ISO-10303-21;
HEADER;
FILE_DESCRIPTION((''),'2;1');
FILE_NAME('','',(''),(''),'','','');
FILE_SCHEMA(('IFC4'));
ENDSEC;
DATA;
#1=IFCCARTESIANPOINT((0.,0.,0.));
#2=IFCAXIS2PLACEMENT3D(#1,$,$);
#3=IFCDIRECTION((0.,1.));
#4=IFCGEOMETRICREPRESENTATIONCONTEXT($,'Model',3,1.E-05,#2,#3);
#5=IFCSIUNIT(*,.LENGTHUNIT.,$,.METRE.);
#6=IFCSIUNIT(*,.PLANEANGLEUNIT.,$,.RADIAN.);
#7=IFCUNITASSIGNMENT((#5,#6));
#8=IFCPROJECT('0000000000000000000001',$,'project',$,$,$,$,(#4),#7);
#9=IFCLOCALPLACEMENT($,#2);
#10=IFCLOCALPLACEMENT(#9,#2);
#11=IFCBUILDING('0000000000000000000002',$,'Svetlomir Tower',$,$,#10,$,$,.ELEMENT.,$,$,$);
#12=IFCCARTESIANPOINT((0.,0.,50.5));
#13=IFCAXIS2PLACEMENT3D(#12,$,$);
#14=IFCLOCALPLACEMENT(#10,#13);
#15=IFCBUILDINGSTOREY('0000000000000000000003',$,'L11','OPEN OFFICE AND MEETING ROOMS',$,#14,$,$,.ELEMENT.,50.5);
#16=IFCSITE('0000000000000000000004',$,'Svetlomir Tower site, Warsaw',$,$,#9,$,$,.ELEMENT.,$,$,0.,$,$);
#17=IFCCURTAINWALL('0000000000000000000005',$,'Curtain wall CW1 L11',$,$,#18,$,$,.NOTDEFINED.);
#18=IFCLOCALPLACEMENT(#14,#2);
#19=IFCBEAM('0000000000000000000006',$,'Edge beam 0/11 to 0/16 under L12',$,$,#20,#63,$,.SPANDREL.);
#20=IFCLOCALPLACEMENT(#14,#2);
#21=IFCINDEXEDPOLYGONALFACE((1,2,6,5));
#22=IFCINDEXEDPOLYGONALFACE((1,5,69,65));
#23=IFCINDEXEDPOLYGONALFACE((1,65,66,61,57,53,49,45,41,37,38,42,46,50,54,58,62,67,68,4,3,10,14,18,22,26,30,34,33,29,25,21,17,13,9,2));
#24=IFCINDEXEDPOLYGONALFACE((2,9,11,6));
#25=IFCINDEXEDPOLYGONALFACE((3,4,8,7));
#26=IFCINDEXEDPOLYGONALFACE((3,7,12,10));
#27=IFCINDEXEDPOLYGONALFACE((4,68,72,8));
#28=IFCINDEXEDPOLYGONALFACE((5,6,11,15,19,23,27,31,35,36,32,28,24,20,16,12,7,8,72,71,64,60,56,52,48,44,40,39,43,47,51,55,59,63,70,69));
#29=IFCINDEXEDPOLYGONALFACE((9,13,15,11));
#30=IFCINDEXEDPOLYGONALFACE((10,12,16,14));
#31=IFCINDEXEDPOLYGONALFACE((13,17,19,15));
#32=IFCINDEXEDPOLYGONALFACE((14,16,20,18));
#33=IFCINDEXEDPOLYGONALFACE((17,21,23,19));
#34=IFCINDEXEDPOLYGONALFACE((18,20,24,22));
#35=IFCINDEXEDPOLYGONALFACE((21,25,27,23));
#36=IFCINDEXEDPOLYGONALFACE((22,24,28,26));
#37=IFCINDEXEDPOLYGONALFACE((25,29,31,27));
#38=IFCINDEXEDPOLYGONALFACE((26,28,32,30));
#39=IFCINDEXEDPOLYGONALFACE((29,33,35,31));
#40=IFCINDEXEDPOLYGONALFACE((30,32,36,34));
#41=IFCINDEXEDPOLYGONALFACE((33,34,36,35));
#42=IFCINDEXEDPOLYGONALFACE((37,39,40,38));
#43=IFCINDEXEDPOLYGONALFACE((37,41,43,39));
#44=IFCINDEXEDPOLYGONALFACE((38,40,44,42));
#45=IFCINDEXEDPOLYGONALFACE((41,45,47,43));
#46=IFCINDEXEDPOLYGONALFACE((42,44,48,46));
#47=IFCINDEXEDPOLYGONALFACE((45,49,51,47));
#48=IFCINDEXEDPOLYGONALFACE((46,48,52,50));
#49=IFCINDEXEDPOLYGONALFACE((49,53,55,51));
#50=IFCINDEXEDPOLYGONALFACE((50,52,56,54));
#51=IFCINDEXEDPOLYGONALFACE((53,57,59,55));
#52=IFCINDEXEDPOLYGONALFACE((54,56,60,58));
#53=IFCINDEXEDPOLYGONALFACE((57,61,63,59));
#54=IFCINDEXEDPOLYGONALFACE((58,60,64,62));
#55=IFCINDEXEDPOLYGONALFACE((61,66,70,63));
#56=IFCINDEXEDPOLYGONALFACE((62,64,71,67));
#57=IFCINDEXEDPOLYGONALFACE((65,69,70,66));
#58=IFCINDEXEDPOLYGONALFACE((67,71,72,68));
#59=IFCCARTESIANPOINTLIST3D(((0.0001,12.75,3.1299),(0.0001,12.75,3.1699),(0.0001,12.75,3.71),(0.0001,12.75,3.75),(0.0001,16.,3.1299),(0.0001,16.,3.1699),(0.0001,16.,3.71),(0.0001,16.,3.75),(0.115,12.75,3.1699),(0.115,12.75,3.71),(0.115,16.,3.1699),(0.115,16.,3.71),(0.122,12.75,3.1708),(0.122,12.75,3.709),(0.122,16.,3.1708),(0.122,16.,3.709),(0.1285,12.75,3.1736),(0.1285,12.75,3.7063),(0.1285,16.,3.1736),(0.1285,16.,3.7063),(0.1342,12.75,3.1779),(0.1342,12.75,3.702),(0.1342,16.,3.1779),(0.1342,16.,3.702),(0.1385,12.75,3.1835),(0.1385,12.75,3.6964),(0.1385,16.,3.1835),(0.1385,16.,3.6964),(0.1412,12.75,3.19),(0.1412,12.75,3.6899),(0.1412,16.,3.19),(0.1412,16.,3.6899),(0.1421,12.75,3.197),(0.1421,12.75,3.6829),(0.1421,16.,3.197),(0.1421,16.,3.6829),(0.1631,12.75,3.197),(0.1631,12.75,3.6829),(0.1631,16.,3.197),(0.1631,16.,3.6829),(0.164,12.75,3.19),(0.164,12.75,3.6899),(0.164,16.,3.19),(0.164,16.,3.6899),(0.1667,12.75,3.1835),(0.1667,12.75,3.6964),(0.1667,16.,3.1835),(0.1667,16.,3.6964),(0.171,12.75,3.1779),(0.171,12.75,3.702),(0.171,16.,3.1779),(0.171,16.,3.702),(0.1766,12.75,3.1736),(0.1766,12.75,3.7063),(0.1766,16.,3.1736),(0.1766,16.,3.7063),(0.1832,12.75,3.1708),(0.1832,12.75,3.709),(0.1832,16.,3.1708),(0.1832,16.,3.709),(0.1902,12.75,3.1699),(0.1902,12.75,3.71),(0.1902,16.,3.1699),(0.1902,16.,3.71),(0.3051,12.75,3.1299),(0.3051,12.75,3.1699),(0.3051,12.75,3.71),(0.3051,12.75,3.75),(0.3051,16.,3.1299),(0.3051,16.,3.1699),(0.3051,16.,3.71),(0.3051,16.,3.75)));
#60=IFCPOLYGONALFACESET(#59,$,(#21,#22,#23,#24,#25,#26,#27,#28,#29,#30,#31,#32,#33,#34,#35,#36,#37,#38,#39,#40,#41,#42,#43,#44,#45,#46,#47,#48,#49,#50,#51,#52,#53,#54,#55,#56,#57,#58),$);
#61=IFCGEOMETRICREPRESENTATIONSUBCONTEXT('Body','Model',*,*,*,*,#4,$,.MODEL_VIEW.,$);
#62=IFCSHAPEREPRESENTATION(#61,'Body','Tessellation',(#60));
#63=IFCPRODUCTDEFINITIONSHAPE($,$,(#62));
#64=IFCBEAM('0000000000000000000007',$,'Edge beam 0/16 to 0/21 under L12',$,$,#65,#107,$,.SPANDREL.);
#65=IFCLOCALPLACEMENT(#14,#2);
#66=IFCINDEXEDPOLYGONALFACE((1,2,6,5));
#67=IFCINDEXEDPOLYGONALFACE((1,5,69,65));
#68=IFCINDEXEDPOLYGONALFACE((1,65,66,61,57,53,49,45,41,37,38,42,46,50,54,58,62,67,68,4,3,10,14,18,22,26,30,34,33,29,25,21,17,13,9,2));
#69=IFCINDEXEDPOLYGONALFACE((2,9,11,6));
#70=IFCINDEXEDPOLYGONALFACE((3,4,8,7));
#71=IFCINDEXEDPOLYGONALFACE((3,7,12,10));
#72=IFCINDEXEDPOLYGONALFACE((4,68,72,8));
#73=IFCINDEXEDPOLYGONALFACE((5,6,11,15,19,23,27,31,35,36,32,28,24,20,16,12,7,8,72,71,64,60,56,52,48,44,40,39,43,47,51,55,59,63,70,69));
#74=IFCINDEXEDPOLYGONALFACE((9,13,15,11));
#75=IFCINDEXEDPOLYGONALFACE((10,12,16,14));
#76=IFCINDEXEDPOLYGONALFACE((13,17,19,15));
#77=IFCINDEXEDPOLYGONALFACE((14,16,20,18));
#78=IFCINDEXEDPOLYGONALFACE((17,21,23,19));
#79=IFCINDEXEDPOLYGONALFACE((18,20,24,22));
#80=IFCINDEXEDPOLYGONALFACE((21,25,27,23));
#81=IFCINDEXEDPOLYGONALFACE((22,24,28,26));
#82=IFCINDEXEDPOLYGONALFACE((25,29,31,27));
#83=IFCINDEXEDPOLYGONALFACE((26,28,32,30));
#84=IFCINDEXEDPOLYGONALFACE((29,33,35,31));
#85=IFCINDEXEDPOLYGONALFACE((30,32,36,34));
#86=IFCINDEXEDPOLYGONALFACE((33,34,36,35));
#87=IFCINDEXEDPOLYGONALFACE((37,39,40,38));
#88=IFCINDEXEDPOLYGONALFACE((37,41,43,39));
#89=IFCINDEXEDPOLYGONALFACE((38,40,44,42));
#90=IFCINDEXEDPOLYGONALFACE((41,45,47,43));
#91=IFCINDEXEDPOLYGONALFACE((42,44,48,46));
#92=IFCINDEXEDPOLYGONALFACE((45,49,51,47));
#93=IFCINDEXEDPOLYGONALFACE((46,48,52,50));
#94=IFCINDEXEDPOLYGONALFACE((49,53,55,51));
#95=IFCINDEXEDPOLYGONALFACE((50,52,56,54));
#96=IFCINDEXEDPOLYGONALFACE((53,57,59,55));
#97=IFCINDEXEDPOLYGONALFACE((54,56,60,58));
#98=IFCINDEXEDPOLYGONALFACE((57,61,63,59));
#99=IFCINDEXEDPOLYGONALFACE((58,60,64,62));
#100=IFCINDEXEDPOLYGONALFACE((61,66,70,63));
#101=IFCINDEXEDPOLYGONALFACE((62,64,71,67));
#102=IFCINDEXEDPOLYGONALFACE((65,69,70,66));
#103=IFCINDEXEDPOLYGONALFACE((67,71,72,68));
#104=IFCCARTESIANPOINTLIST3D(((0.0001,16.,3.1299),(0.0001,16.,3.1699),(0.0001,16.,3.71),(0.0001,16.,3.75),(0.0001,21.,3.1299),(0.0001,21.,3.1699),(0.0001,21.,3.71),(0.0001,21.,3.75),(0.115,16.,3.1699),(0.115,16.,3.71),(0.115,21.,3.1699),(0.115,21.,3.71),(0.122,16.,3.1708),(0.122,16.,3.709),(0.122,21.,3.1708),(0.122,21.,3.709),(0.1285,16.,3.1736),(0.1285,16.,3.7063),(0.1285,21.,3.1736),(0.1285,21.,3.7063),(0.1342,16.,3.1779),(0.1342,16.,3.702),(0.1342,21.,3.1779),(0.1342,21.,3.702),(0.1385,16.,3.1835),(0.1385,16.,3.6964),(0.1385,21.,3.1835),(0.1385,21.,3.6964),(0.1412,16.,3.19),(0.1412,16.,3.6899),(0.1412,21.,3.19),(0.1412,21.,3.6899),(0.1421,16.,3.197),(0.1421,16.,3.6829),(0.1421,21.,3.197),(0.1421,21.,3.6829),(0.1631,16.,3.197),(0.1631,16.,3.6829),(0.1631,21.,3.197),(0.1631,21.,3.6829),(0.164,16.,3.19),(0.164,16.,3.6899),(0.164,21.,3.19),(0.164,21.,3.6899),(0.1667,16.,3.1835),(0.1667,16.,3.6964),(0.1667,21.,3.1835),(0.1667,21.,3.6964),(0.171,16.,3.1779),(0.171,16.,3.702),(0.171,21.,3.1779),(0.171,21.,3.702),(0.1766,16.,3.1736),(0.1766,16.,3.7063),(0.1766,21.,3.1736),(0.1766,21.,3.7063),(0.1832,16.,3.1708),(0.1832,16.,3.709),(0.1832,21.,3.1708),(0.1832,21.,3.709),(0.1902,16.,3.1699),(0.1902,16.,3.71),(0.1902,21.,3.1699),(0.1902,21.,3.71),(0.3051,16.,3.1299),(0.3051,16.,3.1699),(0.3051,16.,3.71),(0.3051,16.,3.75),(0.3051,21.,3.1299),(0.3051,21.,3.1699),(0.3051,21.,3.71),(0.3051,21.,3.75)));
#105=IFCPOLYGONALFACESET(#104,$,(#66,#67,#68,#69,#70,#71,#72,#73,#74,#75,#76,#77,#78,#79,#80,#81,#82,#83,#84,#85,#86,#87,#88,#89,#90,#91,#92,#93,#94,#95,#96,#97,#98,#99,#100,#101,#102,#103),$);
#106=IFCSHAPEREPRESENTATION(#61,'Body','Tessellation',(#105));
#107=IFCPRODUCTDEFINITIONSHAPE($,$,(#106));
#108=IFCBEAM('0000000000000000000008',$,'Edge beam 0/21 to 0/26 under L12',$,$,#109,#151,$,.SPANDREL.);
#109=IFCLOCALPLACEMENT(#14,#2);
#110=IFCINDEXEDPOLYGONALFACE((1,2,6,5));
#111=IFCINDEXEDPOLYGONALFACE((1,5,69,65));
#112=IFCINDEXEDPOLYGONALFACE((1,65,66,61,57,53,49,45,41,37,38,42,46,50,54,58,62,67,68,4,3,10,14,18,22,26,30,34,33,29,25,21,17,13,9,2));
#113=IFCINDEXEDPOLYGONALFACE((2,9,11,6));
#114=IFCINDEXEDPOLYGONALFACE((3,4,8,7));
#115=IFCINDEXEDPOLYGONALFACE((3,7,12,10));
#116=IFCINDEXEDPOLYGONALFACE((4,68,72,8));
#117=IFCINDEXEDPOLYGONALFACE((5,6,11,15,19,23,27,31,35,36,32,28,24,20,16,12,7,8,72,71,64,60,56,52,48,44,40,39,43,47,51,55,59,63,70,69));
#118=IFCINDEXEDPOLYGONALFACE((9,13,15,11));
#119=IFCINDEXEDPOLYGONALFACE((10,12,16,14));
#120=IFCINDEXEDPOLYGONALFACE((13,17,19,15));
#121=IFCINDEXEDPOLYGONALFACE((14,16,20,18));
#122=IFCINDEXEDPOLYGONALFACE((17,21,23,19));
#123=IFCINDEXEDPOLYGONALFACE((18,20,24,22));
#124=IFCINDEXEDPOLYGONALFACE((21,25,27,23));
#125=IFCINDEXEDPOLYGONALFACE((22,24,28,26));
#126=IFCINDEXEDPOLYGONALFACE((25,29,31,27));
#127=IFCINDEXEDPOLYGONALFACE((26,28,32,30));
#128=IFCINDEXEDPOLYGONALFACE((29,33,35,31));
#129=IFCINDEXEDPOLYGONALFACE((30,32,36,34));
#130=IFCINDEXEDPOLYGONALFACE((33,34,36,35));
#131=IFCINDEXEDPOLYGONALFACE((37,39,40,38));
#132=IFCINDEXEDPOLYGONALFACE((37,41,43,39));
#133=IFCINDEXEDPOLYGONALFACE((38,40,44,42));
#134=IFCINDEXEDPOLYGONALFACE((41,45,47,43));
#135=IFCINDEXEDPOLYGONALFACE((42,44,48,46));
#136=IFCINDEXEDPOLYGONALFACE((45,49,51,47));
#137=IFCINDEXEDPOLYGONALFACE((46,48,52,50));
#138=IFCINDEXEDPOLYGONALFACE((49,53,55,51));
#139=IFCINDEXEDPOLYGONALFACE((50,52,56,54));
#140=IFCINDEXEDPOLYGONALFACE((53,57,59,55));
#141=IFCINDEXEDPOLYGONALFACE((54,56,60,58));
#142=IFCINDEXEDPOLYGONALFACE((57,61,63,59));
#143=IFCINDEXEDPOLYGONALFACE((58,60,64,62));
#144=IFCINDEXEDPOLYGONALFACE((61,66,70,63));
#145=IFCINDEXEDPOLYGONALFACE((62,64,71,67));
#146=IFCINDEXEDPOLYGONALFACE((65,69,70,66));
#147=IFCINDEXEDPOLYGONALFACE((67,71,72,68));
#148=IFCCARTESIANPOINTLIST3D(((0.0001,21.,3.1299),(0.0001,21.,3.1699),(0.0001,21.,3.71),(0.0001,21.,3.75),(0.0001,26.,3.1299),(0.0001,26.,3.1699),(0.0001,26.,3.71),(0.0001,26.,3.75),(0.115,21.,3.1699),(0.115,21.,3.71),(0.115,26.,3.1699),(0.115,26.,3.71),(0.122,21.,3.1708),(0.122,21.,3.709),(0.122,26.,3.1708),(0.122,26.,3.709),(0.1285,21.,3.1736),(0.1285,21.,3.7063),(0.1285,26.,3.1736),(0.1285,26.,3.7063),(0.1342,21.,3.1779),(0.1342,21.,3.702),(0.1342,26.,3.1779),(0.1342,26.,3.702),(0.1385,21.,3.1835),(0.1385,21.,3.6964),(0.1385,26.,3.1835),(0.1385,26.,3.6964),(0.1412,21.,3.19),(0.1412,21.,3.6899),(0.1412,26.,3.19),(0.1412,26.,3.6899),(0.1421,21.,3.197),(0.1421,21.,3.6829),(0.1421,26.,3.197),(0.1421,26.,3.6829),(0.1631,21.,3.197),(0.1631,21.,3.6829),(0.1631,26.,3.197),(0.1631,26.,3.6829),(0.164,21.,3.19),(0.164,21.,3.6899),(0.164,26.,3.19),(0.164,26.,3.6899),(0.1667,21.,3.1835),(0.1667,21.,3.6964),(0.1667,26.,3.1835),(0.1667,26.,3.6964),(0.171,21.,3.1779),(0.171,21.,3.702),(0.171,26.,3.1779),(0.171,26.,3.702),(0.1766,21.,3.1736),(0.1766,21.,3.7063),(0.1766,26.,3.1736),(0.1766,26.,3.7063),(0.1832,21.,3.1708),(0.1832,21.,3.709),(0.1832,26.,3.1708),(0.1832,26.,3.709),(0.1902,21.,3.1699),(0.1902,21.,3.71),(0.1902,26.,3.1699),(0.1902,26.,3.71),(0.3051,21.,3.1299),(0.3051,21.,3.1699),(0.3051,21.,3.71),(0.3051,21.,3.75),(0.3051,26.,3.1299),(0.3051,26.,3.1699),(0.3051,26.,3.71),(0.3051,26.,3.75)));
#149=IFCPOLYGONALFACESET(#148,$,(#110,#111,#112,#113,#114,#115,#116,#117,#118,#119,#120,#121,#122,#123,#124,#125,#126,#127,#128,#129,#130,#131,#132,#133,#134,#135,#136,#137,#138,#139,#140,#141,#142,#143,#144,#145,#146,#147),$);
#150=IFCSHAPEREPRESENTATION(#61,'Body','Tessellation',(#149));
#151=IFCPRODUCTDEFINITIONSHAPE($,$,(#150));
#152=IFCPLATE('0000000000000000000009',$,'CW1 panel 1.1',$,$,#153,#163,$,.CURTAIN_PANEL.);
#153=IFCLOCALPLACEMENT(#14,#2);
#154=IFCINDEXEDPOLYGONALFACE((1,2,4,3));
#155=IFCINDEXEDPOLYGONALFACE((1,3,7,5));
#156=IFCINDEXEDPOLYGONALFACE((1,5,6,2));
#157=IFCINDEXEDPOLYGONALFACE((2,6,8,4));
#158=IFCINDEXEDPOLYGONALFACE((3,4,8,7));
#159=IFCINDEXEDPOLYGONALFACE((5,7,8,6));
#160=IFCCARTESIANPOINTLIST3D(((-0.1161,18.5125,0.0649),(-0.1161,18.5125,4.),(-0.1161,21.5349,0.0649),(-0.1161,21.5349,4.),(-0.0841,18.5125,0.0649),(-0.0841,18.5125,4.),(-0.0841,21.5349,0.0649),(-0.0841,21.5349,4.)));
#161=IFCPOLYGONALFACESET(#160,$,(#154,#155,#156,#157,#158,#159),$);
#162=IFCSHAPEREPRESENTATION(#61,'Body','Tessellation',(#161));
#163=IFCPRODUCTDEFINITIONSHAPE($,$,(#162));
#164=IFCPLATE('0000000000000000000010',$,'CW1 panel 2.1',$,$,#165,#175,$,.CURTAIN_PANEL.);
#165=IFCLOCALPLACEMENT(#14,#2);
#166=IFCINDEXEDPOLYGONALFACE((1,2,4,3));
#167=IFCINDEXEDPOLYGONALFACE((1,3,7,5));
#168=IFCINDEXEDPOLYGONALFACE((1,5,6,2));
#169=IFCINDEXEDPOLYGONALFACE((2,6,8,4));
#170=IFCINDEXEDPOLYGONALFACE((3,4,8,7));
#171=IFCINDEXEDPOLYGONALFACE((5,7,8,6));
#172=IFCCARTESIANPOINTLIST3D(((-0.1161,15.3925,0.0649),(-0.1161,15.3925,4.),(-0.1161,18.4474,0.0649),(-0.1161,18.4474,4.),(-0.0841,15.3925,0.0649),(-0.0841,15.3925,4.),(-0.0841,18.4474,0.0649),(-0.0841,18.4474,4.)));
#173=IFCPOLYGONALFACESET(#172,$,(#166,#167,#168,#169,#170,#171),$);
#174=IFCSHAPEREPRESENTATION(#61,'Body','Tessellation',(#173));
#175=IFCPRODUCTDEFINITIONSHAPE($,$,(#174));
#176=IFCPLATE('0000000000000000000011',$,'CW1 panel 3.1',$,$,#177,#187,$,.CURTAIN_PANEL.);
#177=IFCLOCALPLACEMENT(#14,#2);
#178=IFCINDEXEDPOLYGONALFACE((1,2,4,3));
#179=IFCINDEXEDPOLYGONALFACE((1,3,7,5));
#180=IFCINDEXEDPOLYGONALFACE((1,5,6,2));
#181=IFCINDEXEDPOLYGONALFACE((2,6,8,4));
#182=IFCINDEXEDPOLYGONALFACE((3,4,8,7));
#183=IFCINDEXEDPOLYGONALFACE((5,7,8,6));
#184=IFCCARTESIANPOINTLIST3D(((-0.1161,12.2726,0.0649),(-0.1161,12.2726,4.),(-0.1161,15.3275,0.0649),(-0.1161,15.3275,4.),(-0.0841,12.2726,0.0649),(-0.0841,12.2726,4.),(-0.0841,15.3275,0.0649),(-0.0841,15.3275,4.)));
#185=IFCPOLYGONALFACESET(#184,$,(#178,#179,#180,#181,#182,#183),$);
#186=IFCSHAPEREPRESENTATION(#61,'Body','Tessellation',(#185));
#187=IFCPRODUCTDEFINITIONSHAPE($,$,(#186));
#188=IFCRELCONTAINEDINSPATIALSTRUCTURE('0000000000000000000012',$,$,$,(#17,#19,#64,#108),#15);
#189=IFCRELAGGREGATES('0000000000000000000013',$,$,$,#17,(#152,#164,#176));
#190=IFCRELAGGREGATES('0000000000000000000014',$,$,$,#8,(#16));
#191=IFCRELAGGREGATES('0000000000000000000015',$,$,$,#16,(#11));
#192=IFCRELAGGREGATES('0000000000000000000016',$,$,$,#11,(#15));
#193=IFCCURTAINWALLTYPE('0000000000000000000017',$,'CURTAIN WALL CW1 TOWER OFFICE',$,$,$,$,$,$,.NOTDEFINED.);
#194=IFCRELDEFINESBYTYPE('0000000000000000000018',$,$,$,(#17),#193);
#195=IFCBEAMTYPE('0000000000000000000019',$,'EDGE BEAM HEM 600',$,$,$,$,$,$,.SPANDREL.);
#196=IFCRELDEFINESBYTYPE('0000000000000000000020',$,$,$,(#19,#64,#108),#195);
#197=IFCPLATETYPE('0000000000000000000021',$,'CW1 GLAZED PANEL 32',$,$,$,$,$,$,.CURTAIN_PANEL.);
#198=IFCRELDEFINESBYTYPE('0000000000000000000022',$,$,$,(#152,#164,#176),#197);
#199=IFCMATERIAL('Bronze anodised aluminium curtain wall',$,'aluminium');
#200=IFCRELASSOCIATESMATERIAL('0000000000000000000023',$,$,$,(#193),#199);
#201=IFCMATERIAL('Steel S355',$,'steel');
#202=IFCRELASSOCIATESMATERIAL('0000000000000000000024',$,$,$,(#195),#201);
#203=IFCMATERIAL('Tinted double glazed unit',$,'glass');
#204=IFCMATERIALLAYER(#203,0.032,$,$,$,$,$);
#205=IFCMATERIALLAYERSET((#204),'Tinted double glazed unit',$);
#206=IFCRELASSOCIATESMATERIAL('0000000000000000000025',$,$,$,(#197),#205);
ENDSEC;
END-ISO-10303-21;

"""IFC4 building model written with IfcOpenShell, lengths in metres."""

from ifc_helpers import new_model, si_unit, direction, frame, origin, origin_2d, place, context, subcontext, project, spatial, rectangle, i_section, extrude, material, layer, layer_set, material_profile, profile_set, type_object, element, aggregate, save


model = new_model("IFC4")

# Units and contexts
model_context = context("Model", 3, precision=1e-05, world=origin(), true_north=direction((0.0, 1.0)))
body_context = subcontext(model_context, "Body", "Model", "MODEL_VIEW")
ifc_project = project(units=[si_unit("LENGTHUNIT", "METRE"), si_unit("PLANEANGLEUNIT", "RADIAN")], contexts=[model_context])

# Site, building, storey
site_placement = place(None, origin())
site = spatial("IfcSite", under=ifc_project, at=site_placement, Name="Svetlomir Tower site, Warsaw", CompositionType="ELEMENT", RefElevation=0.0)
building_placement = place(site_placement, origin())
building = spatial("IfcBuilding", under=site, at=building_placement, Name="Svetlomir Tower", CompositionType="ELEMENT")
storey_placement = place(building_placement, frame((0.0, 0.0, 50.5)))
storey = spatial("IfcBuildingStorey", under=building, at=storey_placement, Name="L11", Description="OPEN OFFICE AND MEETING ROOMS", CompositionType="ELEMENT", Elevation=50.5)

# Curtain wall
ifc_material_1 = material(Name="Bronze anodised aluminium curtain wall", Category="aluminium")
curtain_wall_type = type_object("IfcCurtainWallType", Name="CURTAIN WALL CW1 TOWER OFFICE", PredefinedType="NOTDEFINED", material=ifc_material_1)
curtain_wall_placement = place(storey_placement, origin())
curtain_wall = element("IfcCurtainWall", 1, at=curtain_wall_placement, inside=storey, type_object=curtain_wall_type, Name="Curtain wall CW1 L11", PredefinedType="NOTDEFINED")

# Beams
ifc_material_2 = material(Name="Steel S355", Category="steel")
ifc_material_profile_1 = material_profile(ifc_material_2, i_section(OverallWidth=0.3049, OverallDepth=0.6201, WebThickness=0.021, FlangeThickness=0.04, FilletRadius=0.0271, at=origin_2d()), Name="HEM 600")
ifc_profile_set_1 = profile_set([ifc_material_profile_1], Name="Steel S355")
beam_type_1 = type_object("IfcBeamType", Name="EDGE BEAM HEM 600", PredefinedType="SPANDREL", material=ifc_profile_set_1)
beam_1_placement = place(storey_placement, frame((0.1526, 12.75, 3.4399), z_axis=(0.0, 1.0, 0.0), x_axis=(-1.0, 0.0, 0.0)))
element("IfcBeam", 2, at=beam_1_placement, inside=storey, type_object=beam_type_1, Name="Edge beam 0/11 to 0/16 under L12", PredefinedType="SPANDREL", context=body_context, shape_type="SweptSolid", body=[
    extrude(i_section(OverallWidth=0.3049, OverallDepth=0.6201, WebThickness=0.021, FlangeThickness=0.04, FilletRadius=0.0271, at=origin_2d()), origin(), (0.0, 0.0, 1.0), 3.25),
])
for number, where, z_axis, x_axis, name in (
    (3, (0.1526, 16.0, 3.4399), (0.0, 1.0, 0.0), (-1.0, 0.0, 0.0), "Edge beam 0/16 to 0/21 under L12"),
    (4, (0.1526, 21.0, 3.4399), (0.0, 1.0, 0.0), (-1.0, 0.0, 0.0), "Edge beam 0/21 to 0/26 under L12"),
):
    element("IfcBeam", number, at=place(storey_placement, frame(where, z_axis=z_axis, x_axis=x_axis)), inside=storey, type_object=beam_type_1, Name=name, PredefinedType="SPANDREL", context=body_context, shape_type="SweptSolid", body=[
        extrude(i_section(OverallWidth=0.3049, OverallDepth=0.6201, WebThickness=0.021, FlangeThickness=0.04, FilletRadius=0.0271, at=origin_2d()), origin(), (0.0, 0.0, 1.0), 5.0),
    ])

# Plates
ifc_material_3 = material(Name="Tinted double glazed unit", Category="glass")
ifc_layer_1 = layer(ifc_material_3, 0.032)
ifc_layer_set_1 = layer_set([ifc_layer_1], Name="Tinted double glazed unit")
plate_type = type_object("IfcPlateType", Name="CW1 GLAZED PANEL 32", PredefinedType="CURTAIN_PANEL", material=ifc_layer_set_1)
plate_1_placement = place(storey_placement, frame((-0.1001, 20.0237, 0.0649), z_axis=(0.0, 0.0, 1.0), x_axis=(0.0, -1.0, 0.0)))
plate_1 = element("IfcPlate", 5, at=plate_1_placement, type_object=plate_type, Name="CW1 panel 1.1", PredefinedType="CURTAIN_PANEL", context=body_context, shape_type="SweptSolid", body=[
    extrude(rectangle(XDim=3.0225, YDim=0.032, at=origin_2d()), origin(), (0.0, 0.0, 1.0), 3.9351),
])
plate_2_placement = place(storey_placement, frame((-0.1001, 16.9199, 0.0649), z_axis=(0.0, 0.0, 1.0), x_axis=(0.0, -1.0, 0.0)))
plate_2 = element("IfcPlate", 6, at=plate_2_placement, type_object=plate_type, Name="CW1 panel 2.1", PredefinedType="CURTAIN_PANEL", context=body_context, shape_type="SweptSolid", body=[
    extrude(rectangle(XDim=3.0549, YDim=0.032, at=origin_2d()), origin(), (0.0, 0.0, 1.0), 3.9351),
])
plate_3_placement = place(storey_placement, frame((-0.1001, 13.8, 0.0649), z_axis=(0.0, 0.0, 1.0), x_axis=(0.0, -1.0, 0.0)))
plate_3 = element("IfcPlate", 7, at=plate_3_placement, type_object=plate_type, Name="CW1 panel 3.1", PredefinedType="CURTAIN_PANEL", context=body_context, shape_type="SweptSolid", body=[
    extrude(rectangle(XDim=3.0549, YDim=0.032, at=origin_2d()), origin(), (0.0, 0.0, 1.0), 3.9351),
])
aggregate(curtain_wall, [plate_1, plate_2, plate_3])

save(model, "model.ifc")
